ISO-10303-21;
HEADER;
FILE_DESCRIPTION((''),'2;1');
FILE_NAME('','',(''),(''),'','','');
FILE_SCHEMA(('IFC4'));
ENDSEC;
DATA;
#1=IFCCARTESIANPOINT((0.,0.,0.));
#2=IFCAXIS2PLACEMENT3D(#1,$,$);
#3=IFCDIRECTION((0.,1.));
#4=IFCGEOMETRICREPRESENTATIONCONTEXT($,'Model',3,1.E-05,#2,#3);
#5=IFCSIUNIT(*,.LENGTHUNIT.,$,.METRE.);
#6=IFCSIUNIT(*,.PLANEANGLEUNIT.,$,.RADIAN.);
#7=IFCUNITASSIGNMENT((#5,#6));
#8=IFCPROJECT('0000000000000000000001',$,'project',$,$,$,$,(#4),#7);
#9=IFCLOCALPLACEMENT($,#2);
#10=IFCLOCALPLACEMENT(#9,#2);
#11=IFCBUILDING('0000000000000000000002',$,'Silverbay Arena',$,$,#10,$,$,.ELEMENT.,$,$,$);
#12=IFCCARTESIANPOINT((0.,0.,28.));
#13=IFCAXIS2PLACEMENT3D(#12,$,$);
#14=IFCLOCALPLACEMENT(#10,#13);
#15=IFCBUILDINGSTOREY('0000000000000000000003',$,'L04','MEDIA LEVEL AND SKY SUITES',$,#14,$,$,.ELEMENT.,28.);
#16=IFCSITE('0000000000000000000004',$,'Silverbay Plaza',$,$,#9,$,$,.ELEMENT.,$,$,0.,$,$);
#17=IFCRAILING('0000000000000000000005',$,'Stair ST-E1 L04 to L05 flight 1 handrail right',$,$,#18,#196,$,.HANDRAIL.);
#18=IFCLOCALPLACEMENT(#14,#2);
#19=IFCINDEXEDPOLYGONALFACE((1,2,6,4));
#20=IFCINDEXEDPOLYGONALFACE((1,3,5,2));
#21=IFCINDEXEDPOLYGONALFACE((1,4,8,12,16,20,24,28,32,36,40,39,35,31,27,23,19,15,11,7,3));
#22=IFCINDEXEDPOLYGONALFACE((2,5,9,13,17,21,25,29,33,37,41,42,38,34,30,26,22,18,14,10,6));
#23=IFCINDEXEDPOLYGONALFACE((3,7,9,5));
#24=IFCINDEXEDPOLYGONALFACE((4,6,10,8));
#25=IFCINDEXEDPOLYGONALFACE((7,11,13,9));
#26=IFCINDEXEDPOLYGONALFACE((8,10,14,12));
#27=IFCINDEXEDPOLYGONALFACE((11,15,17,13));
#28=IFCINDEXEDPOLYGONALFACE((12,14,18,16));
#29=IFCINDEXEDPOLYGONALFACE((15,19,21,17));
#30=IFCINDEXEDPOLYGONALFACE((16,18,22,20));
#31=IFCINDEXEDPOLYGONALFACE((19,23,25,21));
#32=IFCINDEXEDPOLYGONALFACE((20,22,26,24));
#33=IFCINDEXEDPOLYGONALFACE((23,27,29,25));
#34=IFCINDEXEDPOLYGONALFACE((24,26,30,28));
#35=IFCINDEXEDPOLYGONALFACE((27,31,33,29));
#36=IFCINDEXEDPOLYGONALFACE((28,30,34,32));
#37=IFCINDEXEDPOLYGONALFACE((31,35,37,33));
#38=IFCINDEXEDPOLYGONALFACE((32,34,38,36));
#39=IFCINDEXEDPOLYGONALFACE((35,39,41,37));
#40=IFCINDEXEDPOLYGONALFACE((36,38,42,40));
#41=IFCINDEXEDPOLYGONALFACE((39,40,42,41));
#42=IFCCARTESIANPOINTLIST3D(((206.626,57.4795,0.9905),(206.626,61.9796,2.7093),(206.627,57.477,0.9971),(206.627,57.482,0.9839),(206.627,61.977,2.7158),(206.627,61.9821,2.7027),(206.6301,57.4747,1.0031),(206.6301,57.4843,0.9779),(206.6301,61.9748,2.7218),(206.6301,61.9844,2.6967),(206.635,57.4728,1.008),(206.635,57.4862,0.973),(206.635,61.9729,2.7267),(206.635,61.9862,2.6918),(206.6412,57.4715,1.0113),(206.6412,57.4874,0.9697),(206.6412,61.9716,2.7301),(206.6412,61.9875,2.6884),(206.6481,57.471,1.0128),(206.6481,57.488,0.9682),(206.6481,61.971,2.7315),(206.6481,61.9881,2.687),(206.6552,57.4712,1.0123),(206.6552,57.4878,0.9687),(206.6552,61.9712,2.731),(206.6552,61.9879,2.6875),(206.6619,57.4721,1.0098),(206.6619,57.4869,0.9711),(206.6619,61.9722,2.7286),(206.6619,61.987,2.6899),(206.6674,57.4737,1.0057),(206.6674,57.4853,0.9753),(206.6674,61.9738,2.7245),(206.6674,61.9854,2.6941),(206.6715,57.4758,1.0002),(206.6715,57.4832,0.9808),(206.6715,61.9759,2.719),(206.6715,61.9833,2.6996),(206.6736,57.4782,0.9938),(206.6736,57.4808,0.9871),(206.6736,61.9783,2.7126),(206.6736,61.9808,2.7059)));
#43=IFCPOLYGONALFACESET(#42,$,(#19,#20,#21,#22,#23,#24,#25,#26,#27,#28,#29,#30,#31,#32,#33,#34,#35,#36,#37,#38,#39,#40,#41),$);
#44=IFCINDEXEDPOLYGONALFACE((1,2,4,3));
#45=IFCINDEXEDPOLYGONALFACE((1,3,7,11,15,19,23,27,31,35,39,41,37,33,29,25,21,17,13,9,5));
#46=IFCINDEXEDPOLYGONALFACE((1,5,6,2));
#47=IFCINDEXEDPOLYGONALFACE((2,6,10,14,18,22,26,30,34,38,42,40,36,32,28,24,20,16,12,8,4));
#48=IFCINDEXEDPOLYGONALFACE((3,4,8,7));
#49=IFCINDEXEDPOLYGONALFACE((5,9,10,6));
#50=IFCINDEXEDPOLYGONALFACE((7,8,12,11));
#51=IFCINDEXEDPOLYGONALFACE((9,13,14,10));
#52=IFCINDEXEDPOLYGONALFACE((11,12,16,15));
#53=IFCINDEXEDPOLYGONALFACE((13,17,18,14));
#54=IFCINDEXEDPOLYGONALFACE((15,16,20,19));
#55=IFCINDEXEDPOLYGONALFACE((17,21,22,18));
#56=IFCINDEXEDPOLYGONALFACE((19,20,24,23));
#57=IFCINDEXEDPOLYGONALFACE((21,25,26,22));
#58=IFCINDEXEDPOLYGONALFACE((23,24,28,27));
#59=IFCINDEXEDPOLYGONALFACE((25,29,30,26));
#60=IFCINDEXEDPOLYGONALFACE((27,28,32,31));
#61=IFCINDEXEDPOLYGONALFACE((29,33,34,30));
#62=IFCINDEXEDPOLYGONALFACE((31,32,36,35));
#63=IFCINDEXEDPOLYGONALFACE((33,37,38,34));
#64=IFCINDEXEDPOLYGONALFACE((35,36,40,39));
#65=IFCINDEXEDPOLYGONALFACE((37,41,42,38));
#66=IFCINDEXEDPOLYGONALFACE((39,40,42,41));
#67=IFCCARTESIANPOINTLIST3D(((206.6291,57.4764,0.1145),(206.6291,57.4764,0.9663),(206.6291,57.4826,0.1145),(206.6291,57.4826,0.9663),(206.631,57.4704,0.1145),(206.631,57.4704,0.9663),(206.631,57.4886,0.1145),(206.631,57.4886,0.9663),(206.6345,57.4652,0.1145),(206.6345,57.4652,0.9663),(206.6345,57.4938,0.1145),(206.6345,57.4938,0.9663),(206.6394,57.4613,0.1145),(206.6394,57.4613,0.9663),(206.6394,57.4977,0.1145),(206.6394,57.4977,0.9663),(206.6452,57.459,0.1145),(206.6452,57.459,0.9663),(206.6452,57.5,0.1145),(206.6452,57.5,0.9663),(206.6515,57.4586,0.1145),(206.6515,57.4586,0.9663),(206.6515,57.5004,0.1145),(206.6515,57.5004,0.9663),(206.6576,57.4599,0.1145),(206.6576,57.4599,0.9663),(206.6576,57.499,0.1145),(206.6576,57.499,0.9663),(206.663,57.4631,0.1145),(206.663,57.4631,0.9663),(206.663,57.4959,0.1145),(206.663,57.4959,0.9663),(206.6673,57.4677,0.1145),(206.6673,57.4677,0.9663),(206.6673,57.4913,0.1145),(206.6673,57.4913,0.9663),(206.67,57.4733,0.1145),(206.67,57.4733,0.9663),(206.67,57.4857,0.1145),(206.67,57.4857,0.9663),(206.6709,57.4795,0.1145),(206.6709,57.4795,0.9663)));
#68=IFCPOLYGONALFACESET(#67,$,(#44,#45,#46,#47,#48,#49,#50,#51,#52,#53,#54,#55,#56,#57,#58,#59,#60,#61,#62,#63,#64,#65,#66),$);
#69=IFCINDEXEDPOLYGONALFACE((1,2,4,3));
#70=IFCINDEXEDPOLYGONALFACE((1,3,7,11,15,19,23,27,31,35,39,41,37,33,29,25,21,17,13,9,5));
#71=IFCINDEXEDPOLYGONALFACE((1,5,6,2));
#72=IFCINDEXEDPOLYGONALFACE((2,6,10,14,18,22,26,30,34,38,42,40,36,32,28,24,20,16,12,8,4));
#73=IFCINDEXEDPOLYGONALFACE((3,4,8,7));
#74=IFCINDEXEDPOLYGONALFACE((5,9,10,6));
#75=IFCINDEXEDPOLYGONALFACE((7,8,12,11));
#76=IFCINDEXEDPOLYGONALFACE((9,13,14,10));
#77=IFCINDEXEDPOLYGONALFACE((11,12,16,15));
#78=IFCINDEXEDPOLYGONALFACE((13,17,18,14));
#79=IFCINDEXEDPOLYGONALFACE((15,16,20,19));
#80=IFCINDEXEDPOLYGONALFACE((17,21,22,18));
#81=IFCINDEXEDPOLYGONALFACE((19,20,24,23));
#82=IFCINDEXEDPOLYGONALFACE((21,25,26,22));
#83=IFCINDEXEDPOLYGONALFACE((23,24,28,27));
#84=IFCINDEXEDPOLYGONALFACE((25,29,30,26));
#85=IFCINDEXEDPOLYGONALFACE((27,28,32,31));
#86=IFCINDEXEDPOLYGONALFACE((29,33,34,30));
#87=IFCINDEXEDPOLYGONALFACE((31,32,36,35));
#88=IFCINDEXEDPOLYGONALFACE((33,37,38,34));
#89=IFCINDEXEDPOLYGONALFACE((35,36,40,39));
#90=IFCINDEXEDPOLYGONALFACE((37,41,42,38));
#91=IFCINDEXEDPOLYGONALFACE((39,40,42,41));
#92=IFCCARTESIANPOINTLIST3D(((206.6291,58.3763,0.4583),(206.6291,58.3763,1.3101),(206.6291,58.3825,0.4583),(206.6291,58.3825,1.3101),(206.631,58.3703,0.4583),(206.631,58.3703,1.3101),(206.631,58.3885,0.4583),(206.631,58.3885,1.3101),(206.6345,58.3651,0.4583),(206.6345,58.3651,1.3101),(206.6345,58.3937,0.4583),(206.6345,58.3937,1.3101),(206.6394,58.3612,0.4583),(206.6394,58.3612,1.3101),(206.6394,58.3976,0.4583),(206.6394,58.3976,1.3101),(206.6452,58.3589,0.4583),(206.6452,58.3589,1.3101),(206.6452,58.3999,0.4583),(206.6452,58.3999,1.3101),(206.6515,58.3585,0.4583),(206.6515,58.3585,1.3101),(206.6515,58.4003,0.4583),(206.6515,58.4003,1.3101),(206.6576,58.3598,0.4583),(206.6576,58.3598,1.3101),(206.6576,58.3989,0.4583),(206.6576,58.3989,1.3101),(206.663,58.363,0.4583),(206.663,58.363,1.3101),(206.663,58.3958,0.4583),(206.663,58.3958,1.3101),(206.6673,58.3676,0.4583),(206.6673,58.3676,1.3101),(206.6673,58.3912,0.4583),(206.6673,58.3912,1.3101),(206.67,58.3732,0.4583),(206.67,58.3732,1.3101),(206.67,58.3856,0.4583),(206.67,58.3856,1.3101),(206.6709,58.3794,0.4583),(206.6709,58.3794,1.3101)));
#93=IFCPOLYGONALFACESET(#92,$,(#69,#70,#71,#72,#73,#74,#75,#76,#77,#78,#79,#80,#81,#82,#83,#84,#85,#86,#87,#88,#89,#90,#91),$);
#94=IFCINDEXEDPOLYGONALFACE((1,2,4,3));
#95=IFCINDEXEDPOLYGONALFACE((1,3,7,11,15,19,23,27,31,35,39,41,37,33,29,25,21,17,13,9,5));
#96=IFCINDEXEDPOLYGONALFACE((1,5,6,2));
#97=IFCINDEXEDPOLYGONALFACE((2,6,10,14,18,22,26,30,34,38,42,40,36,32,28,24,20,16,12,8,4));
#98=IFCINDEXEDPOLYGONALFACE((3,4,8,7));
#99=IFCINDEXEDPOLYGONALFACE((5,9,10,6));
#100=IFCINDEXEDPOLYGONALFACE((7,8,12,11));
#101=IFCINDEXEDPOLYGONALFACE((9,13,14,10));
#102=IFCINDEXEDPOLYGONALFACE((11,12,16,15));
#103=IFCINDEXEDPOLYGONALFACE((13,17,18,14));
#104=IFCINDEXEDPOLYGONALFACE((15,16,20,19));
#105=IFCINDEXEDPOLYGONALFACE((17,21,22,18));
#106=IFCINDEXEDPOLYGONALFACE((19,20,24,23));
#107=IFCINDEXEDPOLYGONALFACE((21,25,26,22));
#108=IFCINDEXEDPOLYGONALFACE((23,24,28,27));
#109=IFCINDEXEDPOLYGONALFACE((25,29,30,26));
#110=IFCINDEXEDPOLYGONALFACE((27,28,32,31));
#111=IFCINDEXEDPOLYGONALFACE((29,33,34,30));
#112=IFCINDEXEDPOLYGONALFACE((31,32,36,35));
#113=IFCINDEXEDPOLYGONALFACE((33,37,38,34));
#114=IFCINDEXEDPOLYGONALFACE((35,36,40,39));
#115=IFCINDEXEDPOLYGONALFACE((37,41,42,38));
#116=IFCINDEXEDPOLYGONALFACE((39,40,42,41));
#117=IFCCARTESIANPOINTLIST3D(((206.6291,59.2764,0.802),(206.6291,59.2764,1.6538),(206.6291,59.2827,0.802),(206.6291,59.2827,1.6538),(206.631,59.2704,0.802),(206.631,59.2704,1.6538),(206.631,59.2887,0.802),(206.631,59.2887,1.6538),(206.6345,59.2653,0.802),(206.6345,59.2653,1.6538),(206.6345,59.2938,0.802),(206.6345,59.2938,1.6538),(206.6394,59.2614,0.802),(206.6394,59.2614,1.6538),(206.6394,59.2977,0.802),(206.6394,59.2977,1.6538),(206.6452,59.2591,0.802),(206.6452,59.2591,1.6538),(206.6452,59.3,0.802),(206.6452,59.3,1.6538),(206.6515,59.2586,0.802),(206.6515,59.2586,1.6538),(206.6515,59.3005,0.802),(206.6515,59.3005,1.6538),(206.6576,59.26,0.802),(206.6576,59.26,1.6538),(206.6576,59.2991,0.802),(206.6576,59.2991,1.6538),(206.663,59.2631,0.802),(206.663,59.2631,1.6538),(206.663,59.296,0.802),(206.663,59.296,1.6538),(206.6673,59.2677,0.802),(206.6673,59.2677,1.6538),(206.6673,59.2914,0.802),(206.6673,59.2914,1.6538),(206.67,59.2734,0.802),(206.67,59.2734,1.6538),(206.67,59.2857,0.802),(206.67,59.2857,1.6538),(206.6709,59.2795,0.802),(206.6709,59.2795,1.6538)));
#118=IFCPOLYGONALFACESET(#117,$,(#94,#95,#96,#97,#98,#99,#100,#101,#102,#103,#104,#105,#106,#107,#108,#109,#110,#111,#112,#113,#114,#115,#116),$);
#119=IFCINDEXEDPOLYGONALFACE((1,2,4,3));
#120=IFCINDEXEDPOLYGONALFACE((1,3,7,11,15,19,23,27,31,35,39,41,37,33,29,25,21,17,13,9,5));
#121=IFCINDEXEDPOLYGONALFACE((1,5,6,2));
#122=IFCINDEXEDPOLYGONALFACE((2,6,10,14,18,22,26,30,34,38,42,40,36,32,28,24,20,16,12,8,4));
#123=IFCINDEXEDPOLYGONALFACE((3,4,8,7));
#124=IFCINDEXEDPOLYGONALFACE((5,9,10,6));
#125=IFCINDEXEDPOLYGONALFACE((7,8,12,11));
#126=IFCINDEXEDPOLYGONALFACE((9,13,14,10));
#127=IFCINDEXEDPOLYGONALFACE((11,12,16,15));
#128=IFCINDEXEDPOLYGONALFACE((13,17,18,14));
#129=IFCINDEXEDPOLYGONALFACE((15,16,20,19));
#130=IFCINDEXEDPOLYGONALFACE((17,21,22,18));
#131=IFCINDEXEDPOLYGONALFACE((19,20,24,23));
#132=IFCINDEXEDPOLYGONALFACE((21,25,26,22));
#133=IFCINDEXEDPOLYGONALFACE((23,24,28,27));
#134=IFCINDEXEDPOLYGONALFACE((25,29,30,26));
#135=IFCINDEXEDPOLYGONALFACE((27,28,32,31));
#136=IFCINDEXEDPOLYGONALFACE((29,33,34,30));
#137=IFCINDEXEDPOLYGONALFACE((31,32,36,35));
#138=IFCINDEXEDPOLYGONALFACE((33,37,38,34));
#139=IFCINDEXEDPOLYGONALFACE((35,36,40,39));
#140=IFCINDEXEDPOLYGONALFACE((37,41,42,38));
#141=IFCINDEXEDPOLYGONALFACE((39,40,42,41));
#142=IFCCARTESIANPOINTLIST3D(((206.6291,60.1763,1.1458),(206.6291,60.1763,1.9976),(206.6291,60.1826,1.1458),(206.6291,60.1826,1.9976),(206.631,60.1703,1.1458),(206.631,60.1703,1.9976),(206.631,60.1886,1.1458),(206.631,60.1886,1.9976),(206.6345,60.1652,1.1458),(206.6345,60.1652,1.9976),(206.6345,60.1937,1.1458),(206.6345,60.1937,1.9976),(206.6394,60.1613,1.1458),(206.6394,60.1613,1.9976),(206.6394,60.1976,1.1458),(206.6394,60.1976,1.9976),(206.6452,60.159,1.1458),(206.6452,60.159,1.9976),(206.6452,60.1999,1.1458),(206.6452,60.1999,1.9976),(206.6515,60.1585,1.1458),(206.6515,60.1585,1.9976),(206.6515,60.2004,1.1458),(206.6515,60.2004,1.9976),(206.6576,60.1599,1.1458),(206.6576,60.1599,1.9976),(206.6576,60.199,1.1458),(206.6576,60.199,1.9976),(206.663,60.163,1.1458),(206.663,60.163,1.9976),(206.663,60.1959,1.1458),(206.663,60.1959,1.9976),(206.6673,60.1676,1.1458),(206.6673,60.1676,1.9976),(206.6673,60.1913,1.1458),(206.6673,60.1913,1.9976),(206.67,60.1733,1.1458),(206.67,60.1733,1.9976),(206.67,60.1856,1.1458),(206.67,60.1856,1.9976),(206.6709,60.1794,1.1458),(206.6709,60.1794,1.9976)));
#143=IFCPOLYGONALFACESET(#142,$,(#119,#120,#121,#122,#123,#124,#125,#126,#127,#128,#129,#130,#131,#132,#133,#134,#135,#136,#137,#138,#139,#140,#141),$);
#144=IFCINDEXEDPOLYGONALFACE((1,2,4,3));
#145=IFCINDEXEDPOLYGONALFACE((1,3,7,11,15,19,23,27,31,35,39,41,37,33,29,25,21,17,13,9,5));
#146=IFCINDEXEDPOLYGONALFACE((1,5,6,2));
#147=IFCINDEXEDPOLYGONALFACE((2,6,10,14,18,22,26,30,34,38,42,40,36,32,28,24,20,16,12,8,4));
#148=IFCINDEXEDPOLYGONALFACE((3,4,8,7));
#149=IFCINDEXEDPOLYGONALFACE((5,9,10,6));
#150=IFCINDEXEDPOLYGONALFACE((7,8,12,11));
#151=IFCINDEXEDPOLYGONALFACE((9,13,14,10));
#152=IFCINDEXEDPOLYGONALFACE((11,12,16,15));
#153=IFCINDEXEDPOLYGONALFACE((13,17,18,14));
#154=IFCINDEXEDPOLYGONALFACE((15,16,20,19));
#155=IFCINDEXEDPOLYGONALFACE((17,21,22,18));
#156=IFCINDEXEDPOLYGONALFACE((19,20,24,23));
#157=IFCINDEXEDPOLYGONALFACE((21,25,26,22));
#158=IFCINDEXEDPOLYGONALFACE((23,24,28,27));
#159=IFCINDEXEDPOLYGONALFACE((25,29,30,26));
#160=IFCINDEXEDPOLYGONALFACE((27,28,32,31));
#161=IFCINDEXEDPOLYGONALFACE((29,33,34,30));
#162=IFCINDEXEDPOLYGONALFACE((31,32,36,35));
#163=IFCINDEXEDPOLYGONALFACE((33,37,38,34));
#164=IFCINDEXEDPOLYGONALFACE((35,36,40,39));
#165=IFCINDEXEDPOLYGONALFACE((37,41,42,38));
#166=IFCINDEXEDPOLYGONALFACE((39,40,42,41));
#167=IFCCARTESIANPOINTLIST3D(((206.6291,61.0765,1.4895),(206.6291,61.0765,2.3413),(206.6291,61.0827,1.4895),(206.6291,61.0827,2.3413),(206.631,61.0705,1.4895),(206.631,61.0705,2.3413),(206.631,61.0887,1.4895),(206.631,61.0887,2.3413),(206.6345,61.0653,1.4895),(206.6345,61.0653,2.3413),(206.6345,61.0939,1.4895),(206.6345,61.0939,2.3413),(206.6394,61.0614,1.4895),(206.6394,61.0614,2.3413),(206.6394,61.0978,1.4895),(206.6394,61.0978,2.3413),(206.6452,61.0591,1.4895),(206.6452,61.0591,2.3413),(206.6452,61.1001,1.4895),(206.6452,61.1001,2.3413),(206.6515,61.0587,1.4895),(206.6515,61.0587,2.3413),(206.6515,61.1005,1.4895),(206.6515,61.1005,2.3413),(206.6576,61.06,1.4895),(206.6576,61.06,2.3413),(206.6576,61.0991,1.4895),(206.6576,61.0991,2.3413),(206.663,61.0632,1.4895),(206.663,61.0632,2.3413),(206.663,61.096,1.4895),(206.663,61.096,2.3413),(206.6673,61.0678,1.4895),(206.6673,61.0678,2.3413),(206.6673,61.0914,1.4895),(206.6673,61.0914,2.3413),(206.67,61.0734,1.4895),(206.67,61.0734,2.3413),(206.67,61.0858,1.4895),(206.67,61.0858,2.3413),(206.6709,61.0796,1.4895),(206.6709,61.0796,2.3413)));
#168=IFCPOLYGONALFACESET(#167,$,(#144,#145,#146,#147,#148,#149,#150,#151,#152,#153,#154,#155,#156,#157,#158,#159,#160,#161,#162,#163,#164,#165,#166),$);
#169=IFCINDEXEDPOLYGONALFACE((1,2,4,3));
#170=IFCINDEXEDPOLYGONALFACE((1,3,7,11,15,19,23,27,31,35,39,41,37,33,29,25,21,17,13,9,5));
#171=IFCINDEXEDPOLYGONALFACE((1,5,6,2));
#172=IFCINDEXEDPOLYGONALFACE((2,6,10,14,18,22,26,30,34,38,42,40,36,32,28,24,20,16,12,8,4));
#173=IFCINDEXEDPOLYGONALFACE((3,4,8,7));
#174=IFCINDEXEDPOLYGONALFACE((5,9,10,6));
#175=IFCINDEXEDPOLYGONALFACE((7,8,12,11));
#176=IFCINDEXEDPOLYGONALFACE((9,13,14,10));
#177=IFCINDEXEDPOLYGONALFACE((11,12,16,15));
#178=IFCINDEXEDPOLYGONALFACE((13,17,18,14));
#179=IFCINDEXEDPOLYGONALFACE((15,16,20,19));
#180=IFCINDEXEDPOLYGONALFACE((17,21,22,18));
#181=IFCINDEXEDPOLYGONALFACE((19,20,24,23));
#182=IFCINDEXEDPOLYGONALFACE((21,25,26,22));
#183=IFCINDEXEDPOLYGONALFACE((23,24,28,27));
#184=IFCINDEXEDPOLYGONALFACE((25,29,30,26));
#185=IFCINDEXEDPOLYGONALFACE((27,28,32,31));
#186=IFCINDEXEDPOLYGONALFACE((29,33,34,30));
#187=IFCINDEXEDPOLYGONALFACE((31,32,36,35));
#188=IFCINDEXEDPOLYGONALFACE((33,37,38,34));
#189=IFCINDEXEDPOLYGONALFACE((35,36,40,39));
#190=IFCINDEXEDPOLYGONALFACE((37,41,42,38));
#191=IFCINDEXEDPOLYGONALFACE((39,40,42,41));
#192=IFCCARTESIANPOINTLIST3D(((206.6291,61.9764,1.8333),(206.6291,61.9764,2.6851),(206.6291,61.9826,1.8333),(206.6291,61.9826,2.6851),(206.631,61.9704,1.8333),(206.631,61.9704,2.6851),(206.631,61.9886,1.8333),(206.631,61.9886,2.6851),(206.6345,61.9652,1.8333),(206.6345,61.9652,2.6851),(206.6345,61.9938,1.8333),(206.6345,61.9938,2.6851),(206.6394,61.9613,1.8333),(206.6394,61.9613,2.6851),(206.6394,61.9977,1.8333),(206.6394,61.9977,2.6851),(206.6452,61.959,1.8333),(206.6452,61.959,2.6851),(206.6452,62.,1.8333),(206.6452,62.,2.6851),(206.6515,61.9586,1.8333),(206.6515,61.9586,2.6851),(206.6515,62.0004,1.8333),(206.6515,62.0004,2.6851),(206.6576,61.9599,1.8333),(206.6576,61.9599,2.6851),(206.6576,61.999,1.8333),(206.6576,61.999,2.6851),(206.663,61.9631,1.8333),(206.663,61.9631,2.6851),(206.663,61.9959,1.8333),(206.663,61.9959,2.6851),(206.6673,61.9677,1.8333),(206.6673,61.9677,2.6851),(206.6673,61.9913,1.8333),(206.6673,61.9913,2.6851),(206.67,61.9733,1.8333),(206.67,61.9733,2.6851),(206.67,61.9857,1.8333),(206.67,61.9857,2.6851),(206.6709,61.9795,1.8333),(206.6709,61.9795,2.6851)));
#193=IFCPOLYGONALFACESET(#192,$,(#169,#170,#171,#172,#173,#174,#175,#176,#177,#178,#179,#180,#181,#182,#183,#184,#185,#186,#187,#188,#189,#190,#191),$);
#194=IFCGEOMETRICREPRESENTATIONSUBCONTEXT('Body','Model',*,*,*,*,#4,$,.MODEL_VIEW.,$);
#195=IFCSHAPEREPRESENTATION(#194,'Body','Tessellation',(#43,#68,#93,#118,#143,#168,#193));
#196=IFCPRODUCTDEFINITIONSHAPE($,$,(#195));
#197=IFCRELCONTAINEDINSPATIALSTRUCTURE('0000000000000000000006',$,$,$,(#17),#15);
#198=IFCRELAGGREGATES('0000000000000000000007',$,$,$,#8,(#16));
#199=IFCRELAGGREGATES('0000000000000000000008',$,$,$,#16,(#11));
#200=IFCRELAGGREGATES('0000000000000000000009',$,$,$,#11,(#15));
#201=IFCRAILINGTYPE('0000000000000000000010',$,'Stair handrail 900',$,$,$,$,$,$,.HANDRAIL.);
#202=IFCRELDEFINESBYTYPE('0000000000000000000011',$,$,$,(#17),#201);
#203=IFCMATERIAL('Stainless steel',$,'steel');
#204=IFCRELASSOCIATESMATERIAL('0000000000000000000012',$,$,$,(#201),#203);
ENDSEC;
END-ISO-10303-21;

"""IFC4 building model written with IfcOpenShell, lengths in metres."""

from ifc_helpers import new_model, si_unit, direction, frame, origin, origin_2d, place, context, subcontext, project, spatial, circle, extrude, material, type_object, element, save


model = new_model("IFC4")

# Units and contexts
model_context = context("Model", 3, precision=1e-05, world=origin(), true_north=direction((0.0, 1.0)))
body_context = subcontext(model_context, "Body", "Model", "MODEL_VIEW")
ifc_project = project(units=[si_unit("LENGTHUNIT", "METRE"), si_unit("PLANEANGLEUNIT", "RADIAN")], contexts=[model_context])

# Site, building, storey
site_placement = place(None, origin())
site = spatial("IfcSite", under=ifc_project, at=site_placement, Name="Silverbay Plaza", CompositionType="ELEMENT", RefElevation=0.0)
building_placement = place(site_placement, origin())
building = spatial("IfcBuilding", under=site, at=building_placement, Name="Silverbay Arena", CompositionType="ELEMENT")
storey_placement = place(building_placement, frame((0.0, 0.0, 28.0)))
storey = spatial("IfcBuildingStorey", under=building, at=storey_placement, Name="L04", Description="MEDIA LEVEL AND SKY SUITES", CompositionType="ELEMENT", Elevation=28.0)

# Railing
ifc_material_1 = material(Name="Stainless steel", Category="steel")
railing_type_1 = type_object("IfcRailingType", Name="Stair handrail 900", PredefinedType="HANDRAIL", material=ifc_material_1)
for number, where, name in (
    (1, (206.6499, 57.4795, 0.1145), "Stair ST-E1 L04 to L05 flight 1 handrail right"),
):
    element("IfcRailing", number, at=place(storey_placement, frame(where)), inside=storey, type_object=railing_type_1, Name=name, PredefinedType="HANDRAIL", context=body_context, shape_type="SweptSolid", body=[
        extrude(circle(Radius=0.0239, at=origin_2d()), frame((0.0, 0.0, 0.876), z_axis=(0.0, 0.934179, 0.356805), x_axis=(-1.0, 0.0, 0.0)), (0.0, 0.0, 1.0), 4.8171),
        extrude(circle(Radius=0.021, at=origin_2d()), origin(), (0.0, 0.0, 1.0), 0.8518),
        extrude(circle(Radius=0.021, at=origin_2d()), frame((0.0, 0.8999, 0.3438)), (0.0, 0.0, 1.0), 0.8518),
        extrude(circle(Radius=0.021, at=origin_2d()), frame((0.0, 1.8, 0.6875)), (0.0, 0.0, 1.0), 0.8518),
        extrude(circle(Radius=0.021, at=origin_2d()), frame((0.0, 2.7, 1.0312)), (0.0, 0.0, 1.0), 0.8518),
        extrude(circle(Radius=0.021, at=origin_2d()), frame((0.0, 3.6001, 1.375)), (0.0, 0.0, 1.0), 0.8518),
        extrude(circle(Radius=0.021, at=origin_2d()), frame((0.0, 4.5, 1.7188)), (0.0, 0.0, 1.0), 0.8518),
    ])

save(model, "model.ifc")
